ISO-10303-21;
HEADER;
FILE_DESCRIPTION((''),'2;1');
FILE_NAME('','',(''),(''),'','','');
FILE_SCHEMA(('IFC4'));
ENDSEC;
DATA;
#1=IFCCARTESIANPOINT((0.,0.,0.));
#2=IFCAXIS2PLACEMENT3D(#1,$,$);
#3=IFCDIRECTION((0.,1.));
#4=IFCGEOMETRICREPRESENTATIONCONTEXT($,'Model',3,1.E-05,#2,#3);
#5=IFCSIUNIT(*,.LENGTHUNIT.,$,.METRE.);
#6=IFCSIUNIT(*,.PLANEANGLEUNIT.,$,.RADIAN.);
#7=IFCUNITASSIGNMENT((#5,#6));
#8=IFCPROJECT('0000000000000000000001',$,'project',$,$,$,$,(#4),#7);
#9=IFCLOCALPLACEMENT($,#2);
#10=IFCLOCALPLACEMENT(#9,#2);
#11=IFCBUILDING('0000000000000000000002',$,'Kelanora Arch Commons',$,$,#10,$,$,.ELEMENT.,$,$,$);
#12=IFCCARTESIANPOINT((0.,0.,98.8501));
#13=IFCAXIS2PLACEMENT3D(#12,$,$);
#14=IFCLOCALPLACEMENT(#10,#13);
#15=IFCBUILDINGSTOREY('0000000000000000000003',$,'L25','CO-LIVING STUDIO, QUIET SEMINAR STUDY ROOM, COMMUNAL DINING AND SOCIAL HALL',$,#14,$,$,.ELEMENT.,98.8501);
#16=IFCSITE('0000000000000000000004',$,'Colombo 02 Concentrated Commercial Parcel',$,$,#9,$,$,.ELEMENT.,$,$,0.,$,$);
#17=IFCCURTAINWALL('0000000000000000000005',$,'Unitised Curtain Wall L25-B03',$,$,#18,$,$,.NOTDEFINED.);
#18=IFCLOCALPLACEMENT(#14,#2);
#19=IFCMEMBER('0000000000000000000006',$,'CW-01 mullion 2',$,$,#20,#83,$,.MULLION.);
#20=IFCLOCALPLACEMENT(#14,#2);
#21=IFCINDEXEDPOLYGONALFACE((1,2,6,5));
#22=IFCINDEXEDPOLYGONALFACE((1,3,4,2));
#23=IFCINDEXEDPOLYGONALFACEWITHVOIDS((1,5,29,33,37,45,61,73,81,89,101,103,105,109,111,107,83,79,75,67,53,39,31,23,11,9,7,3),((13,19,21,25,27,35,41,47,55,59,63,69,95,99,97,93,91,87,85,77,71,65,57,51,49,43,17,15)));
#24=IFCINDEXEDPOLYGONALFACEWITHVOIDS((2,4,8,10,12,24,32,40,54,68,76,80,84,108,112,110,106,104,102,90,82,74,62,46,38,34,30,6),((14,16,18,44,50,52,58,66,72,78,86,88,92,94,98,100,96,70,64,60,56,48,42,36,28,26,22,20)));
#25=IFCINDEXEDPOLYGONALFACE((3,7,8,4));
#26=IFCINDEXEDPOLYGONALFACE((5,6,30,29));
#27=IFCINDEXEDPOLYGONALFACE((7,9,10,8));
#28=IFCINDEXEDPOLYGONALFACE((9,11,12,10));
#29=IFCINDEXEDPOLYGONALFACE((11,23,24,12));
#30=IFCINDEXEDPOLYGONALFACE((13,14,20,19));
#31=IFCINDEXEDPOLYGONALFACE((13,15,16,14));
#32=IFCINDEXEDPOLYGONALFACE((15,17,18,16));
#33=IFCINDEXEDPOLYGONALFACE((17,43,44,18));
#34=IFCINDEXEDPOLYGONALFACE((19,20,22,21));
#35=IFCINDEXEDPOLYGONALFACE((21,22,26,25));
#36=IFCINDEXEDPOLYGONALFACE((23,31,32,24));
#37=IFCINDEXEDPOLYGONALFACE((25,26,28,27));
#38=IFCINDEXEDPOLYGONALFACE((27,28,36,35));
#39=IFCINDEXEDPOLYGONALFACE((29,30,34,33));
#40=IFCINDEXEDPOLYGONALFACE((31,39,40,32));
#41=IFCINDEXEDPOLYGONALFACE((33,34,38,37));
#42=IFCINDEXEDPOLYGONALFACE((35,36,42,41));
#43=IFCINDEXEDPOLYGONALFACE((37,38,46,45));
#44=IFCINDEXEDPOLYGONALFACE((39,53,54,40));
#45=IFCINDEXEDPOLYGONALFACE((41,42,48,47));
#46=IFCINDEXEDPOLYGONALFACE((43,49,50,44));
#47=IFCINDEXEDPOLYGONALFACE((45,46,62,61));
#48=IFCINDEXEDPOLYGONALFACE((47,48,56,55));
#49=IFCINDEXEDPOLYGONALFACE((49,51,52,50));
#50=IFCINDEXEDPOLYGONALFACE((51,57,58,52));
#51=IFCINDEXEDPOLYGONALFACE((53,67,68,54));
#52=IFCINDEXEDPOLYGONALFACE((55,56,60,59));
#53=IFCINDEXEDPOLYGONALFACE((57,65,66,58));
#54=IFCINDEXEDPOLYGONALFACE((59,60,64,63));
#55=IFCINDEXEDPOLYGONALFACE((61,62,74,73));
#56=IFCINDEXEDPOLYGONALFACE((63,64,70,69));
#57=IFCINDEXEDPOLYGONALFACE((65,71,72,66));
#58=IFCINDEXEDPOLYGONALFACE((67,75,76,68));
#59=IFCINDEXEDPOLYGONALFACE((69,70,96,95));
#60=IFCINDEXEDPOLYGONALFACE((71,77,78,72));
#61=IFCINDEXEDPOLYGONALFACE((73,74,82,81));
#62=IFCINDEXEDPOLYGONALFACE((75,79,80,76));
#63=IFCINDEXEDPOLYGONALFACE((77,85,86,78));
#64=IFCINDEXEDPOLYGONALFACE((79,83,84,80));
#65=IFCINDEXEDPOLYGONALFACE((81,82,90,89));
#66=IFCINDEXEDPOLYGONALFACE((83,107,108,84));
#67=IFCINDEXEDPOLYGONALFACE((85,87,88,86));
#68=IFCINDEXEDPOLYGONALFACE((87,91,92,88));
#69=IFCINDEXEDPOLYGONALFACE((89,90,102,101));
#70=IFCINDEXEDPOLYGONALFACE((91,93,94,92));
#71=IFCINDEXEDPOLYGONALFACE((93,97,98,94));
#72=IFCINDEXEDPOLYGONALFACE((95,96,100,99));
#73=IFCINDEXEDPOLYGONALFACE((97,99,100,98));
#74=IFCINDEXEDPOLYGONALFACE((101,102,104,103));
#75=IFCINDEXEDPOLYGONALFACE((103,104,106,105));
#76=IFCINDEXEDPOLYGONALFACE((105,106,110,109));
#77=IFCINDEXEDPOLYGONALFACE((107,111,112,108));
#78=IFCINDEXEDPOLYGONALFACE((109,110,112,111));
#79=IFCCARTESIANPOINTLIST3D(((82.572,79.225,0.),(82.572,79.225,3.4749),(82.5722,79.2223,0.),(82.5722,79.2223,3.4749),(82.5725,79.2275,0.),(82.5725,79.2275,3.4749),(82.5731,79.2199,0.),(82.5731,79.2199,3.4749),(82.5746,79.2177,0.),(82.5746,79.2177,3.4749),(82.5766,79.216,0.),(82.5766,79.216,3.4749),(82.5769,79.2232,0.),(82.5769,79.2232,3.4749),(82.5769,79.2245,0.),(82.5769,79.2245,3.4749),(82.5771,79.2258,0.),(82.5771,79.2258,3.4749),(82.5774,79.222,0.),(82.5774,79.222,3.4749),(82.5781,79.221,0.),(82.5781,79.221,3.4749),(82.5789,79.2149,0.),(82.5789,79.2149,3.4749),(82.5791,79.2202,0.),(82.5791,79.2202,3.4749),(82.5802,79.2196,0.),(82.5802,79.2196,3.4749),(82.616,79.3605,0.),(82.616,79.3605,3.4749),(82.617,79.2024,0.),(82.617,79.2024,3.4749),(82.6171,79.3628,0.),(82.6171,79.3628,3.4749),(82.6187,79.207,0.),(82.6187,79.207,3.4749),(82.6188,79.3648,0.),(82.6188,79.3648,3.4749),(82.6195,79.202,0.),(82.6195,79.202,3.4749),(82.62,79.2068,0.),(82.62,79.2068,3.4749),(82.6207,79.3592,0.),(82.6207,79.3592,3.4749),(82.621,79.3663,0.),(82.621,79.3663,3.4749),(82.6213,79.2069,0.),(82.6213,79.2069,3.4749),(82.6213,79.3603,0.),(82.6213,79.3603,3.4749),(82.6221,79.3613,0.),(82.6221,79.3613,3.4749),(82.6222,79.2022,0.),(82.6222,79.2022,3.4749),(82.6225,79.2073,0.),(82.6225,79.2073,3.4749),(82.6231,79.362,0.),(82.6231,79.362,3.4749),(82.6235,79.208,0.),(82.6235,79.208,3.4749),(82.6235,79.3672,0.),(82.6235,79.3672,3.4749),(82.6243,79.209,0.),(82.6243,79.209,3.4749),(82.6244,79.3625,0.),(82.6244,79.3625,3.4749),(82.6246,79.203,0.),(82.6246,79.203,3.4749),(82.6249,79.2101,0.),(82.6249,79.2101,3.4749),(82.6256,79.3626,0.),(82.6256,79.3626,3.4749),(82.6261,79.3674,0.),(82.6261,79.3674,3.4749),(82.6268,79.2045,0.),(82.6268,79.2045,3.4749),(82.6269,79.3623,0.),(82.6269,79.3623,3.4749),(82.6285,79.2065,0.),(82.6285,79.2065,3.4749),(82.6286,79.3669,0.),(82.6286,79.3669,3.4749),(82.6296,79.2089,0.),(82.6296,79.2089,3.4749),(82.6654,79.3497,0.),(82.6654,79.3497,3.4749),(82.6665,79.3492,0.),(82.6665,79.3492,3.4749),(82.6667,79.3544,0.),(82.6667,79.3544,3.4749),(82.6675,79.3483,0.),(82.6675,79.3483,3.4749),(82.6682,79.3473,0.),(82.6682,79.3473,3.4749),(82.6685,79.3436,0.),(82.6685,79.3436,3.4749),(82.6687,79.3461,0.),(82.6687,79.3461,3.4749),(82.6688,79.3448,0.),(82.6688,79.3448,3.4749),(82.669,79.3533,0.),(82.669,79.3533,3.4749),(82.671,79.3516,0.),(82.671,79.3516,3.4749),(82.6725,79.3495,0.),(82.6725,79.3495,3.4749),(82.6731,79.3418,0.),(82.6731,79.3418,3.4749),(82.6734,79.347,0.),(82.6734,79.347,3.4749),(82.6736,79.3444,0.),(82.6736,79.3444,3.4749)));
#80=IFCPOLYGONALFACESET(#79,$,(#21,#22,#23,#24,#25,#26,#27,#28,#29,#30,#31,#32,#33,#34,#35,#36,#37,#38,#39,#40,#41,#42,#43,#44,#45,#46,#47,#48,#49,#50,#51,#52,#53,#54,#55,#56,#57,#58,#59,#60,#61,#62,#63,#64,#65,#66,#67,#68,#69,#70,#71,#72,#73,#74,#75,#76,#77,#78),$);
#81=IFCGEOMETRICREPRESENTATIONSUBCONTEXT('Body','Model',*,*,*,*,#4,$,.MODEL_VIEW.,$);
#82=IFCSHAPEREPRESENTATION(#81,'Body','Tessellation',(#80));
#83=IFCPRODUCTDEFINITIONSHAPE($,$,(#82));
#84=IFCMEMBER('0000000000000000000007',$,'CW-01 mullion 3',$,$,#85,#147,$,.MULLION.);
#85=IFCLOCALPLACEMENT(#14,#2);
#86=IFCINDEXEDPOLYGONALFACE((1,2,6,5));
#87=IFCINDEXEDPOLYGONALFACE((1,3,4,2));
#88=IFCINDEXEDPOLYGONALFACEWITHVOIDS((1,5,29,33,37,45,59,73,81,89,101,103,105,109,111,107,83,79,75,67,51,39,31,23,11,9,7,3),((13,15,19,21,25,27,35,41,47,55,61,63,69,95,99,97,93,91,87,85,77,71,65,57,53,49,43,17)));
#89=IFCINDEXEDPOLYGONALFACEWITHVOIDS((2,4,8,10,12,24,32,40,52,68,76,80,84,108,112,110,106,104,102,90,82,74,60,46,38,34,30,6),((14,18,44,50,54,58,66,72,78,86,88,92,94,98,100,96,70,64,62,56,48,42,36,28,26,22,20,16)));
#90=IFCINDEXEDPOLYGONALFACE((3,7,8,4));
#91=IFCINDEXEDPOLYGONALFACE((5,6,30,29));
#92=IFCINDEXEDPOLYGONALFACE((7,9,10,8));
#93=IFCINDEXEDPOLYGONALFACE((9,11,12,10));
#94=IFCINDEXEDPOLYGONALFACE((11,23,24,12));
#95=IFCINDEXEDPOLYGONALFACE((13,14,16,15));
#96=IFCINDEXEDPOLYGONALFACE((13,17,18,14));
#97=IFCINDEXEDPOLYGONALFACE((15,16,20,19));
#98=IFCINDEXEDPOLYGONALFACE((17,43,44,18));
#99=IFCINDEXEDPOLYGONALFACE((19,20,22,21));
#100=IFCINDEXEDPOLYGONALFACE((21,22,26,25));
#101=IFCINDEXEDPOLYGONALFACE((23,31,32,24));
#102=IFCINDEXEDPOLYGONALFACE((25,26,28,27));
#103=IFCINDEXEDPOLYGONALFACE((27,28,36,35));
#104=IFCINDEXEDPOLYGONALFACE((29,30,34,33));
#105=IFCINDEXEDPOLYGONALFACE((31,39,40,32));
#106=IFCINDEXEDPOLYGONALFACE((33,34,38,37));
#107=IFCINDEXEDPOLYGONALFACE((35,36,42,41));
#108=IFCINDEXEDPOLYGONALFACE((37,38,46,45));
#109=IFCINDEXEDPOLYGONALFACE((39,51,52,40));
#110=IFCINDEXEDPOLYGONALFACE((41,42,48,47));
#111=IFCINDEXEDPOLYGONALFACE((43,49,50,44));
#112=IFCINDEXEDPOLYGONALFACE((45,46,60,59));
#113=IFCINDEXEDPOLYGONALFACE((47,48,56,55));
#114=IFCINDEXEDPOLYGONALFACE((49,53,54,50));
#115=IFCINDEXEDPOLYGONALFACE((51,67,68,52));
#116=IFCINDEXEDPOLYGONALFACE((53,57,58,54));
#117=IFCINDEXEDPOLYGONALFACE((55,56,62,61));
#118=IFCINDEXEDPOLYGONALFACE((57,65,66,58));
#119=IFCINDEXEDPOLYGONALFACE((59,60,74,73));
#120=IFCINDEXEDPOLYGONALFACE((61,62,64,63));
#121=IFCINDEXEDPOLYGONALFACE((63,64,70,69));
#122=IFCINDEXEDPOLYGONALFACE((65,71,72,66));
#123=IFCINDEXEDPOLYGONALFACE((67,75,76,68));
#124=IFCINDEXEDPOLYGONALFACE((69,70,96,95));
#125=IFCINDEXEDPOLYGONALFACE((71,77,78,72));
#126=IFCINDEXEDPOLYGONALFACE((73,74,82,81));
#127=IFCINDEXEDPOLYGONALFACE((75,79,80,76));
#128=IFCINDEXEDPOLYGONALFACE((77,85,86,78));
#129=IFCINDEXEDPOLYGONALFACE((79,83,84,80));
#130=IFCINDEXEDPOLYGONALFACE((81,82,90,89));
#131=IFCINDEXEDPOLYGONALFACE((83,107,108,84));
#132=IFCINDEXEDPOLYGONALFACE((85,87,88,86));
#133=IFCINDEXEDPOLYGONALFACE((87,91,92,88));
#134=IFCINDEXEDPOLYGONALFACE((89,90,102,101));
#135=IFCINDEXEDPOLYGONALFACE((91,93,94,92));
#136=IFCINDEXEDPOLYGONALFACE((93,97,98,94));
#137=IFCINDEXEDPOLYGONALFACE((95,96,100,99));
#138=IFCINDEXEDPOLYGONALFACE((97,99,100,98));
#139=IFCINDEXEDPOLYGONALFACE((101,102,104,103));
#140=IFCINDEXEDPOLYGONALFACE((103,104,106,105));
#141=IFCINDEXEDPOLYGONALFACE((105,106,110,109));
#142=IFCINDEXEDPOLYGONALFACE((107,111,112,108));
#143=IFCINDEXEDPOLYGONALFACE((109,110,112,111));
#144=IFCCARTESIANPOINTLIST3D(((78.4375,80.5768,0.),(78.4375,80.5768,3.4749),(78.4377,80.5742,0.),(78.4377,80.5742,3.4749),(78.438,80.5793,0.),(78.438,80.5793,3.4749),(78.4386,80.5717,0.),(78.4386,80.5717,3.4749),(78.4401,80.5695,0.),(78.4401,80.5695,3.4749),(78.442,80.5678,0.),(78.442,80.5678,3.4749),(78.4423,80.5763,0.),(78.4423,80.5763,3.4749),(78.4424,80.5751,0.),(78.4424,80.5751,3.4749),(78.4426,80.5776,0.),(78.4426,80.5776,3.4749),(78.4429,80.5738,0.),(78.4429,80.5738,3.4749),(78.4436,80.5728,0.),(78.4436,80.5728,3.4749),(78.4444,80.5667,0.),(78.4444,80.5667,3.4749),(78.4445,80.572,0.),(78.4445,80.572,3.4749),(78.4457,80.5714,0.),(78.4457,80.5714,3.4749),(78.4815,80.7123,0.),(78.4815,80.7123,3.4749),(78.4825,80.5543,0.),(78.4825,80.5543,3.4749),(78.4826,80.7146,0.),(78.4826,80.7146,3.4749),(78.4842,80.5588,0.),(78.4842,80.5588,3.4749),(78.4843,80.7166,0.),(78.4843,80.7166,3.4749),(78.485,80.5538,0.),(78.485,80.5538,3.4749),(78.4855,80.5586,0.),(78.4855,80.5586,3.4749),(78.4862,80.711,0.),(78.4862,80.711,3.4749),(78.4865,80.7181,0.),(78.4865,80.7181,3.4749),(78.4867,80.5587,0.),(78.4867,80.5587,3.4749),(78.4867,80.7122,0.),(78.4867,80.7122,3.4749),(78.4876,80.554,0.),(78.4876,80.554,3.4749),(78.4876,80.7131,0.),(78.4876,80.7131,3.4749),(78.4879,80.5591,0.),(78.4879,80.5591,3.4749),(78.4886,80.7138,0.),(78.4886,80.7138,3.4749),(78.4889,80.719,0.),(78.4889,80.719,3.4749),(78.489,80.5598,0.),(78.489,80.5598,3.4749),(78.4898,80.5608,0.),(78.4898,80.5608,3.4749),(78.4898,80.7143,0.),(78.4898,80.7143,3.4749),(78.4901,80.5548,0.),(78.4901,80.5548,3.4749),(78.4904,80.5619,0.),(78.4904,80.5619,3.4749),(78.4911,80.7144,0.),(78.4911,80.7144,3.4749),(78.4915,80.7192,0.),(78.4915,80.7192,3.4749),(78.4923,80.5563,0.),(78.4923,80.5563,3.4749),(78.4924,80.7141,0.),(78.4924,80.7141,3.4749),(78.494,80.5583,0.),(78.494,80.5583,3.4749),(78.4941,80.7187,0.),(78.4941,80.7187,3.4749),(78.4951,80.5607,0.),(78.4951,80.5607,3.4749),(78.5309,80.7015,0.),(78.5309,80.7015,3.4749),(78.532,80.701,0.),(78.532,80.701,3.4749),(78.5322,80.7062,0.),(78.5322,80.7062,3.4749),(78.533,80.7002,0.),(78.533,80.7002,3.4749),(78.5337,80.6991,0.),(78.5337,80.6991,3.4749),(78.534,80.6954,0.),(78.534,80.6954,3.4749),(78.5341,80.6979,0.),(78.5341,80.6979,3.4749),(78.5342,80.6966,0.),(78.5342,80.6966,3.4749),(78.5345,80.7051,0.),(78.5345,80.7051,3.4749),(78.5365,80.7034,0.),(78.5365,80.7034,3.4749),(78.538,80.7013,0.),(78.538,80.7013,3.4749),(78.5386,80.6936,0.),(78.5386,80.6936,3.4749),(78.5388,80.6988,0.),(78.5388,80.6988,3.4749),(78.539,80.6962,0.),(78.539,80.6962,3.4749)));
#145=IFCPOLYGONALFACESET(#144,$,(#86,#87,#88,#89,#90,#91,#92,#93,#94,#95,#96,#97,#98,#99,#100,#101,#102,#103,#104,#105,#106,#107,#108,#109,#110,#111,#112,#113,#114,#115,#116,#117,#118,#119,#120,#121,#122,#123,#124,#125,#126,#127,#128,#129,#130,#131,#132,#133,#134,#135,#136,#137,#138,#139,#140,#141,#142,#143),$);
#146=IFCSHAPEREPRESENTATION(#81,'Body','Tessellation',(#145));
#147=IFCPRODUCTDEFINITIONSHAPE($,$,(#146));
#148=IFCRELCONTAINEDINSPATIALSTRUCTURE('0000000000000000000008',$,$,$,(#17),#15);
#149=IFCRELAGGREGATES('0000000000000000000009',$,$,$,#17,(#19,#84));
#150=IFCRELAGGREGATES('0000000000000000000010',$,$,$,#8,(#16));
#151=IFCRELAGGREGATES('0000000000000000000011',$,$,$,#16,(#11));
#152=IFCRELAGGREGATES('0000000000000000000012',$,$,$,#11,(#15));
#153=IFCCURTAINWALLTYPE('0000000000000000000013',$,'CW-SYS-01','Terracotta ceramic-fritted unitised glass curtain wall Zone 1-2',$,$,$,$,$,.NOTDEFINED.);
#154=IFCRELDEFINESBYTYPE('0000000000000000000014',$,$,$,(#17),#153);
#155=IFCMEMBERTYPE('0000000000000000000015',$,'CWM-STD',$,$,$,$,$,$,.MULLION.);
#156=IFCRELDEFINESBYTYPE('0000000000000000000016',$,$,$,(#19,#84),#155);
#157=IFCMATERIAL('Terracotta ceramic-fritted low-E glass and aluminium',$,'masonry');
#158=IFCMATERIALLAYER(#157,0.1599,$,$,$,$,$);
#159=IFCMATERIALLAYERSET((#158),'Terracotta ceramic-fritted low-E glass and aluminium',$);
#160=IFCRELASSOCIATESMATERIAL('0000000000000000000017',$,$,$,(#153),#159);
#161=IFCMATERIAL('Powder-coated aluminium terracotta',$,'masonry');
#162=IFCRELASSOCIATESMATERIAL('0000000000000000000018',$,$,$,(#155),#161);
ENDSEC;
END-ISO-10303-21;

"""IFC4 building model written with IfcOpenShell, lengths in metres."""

from ifc_helpers import new_model, si_unit, direction, frame, origin, origin_2d, place, context, subcontext, project, spatial, hollow_rectangle, extrude, material, layer, layer_set, material_profile, profile_set, type_object, element, aggregate, save


model = new_model("IFC4")

# Units and contexts
model_context = context("Model", 3, precision=1e-05, world=origin(), true_north=direction((0.0, 1.0)))
body_context = subcontext(model_context, "Body", "Model", "MODEL_VIEW")
ifc_project = project(units=[si_unit("LENGTHUNIT", "METRE"), si_unit("PLANEANGLEUNIT", "RADIAN")], contexts=[model_context])

# Site, building, storey
site_placement = place(None, origin())
site = spatial("IfcSite", under=ifc_project, at=site_placement, Name="Colombo 02 Concentrated Commercial Parcel", CompositionType="ELEMENT", RefElevation=0.0)
building_placement = place(site_placement, origin())
building = spatial("IfcBuilding", under=site, at=building_placement, Name="Kelanora Arch Commons", CompositionType="ELEMENT")
storey_placement = place(building_placement, frame((0.0, 0.0, 98.8501)))
storey = spatial("IfcBuildingStorey", under=building, at=storey_placement, Name="L25", Description="CO-LIVING STUDIO, QUIET SEMINAR STUDY ROOM, COMMUNAL DINING AND SOCIAL HALL", CompositionType="ELEMENT", Elevation=98.8501)

# Curtain wall, members
ifc_material_1 = material(Name="Terracotta ceramic-fritted low-E glass and aluminium", Category="masonry")
ifc_layer_1 = layer(ifc_material_1, 0.1599)
ifc_layer_set_1 = layer_set([ifc_layer_1], Name="Terracotta ceramic-fritted low-E glass and aluminium")
curtain_wall_type = type_object("IfcCurtainWallType", Name="CW-SYS-01", Description="Terracotta ceramic-fritted unitised glass curtain wall Zone 1-2", PredefinedType="NOTDEFINED", material=ifc_layer_set_1)
curtain_wall_placement = place(storey_placement, origin())
curtain_wall = element("IfcCurtainWall", 1, at=curtain_wall_placement, inside=storey, type_object=curtain_wall_type, Name="Unitised Curtain Wall L25-B03", PredefinedType="NOTDEFINED")
ifc_material_2 = material(Name="Powder-coated aluminium terracotta", Category="masonry")
ifc_material_profile_1 = material_profile(ifc_material_2, hollow_rectangle(XDim=0.1599, YDim=0.0601, WallThickness=0.0049, InnerFilletRadius=0.0049, OuterFilletRadius=0.01, at=origin_2d()), Name="CWM160x60")
ifc_profile_set_1 = profile_set([ifc_material_profile_1], Name="Powder-coated aluminium terracotta")
member_type_1 = type_object("IfcMemberType", Name="CWM-STD", PredefinedType="MULLION", material=ifc_profile_set_1)
member_1_placement = place(storey_placement, frame((82.6228, 79.2847, 0.0), z_axis=(0.0, 0.0, 1.0), x_axis=(-0.310805, -0.950474, 0.0)))
member_1 = element("IfcMember", 2, at=member_1_placement, type_object=member_type_1, Name="CW-01 mullion 2", PredefinedType="MULLION", context=body_context, shape_type="SweptSolid", body=[
    extrude(hollow_rectangle(XDim=0.1599, YDim=0.0601, WallThickness=0.0049, InnerFilletRadius=0.0049, OuterFilletRadius=0.01, at=origin_2d()), origin(), (0.0, 0.0, 1.0), 3.4749),
])
member_2_placement = place(storey_placement, frame((78.4883, 80.6365, 0.0), z_axis=(0.0, 0.0, 1.0), x_axis=(-0.310805, -0.950474, 0.0)))
member_2 = element("IfcMember", 3, at=member_2_placement, type_object=member_type_1, Name="CW-01 mullion 3", PredefinedType="MULLION", context=body_context, shape_type="SweptSolid", body=[
    extrude(hollow_rectangle(XDim=0.1599, YDim=0.0601, WallThickness=0.0049, InnerFilletRadius=0.0049, OuterFilletRadius=0.01, at=origin_2d()), origin(), (0.0, 0.0, 1.0), 3.4749),
])
aggregate(curtain_wall, [member_1, member_2])

save(model, "model.ifc")
